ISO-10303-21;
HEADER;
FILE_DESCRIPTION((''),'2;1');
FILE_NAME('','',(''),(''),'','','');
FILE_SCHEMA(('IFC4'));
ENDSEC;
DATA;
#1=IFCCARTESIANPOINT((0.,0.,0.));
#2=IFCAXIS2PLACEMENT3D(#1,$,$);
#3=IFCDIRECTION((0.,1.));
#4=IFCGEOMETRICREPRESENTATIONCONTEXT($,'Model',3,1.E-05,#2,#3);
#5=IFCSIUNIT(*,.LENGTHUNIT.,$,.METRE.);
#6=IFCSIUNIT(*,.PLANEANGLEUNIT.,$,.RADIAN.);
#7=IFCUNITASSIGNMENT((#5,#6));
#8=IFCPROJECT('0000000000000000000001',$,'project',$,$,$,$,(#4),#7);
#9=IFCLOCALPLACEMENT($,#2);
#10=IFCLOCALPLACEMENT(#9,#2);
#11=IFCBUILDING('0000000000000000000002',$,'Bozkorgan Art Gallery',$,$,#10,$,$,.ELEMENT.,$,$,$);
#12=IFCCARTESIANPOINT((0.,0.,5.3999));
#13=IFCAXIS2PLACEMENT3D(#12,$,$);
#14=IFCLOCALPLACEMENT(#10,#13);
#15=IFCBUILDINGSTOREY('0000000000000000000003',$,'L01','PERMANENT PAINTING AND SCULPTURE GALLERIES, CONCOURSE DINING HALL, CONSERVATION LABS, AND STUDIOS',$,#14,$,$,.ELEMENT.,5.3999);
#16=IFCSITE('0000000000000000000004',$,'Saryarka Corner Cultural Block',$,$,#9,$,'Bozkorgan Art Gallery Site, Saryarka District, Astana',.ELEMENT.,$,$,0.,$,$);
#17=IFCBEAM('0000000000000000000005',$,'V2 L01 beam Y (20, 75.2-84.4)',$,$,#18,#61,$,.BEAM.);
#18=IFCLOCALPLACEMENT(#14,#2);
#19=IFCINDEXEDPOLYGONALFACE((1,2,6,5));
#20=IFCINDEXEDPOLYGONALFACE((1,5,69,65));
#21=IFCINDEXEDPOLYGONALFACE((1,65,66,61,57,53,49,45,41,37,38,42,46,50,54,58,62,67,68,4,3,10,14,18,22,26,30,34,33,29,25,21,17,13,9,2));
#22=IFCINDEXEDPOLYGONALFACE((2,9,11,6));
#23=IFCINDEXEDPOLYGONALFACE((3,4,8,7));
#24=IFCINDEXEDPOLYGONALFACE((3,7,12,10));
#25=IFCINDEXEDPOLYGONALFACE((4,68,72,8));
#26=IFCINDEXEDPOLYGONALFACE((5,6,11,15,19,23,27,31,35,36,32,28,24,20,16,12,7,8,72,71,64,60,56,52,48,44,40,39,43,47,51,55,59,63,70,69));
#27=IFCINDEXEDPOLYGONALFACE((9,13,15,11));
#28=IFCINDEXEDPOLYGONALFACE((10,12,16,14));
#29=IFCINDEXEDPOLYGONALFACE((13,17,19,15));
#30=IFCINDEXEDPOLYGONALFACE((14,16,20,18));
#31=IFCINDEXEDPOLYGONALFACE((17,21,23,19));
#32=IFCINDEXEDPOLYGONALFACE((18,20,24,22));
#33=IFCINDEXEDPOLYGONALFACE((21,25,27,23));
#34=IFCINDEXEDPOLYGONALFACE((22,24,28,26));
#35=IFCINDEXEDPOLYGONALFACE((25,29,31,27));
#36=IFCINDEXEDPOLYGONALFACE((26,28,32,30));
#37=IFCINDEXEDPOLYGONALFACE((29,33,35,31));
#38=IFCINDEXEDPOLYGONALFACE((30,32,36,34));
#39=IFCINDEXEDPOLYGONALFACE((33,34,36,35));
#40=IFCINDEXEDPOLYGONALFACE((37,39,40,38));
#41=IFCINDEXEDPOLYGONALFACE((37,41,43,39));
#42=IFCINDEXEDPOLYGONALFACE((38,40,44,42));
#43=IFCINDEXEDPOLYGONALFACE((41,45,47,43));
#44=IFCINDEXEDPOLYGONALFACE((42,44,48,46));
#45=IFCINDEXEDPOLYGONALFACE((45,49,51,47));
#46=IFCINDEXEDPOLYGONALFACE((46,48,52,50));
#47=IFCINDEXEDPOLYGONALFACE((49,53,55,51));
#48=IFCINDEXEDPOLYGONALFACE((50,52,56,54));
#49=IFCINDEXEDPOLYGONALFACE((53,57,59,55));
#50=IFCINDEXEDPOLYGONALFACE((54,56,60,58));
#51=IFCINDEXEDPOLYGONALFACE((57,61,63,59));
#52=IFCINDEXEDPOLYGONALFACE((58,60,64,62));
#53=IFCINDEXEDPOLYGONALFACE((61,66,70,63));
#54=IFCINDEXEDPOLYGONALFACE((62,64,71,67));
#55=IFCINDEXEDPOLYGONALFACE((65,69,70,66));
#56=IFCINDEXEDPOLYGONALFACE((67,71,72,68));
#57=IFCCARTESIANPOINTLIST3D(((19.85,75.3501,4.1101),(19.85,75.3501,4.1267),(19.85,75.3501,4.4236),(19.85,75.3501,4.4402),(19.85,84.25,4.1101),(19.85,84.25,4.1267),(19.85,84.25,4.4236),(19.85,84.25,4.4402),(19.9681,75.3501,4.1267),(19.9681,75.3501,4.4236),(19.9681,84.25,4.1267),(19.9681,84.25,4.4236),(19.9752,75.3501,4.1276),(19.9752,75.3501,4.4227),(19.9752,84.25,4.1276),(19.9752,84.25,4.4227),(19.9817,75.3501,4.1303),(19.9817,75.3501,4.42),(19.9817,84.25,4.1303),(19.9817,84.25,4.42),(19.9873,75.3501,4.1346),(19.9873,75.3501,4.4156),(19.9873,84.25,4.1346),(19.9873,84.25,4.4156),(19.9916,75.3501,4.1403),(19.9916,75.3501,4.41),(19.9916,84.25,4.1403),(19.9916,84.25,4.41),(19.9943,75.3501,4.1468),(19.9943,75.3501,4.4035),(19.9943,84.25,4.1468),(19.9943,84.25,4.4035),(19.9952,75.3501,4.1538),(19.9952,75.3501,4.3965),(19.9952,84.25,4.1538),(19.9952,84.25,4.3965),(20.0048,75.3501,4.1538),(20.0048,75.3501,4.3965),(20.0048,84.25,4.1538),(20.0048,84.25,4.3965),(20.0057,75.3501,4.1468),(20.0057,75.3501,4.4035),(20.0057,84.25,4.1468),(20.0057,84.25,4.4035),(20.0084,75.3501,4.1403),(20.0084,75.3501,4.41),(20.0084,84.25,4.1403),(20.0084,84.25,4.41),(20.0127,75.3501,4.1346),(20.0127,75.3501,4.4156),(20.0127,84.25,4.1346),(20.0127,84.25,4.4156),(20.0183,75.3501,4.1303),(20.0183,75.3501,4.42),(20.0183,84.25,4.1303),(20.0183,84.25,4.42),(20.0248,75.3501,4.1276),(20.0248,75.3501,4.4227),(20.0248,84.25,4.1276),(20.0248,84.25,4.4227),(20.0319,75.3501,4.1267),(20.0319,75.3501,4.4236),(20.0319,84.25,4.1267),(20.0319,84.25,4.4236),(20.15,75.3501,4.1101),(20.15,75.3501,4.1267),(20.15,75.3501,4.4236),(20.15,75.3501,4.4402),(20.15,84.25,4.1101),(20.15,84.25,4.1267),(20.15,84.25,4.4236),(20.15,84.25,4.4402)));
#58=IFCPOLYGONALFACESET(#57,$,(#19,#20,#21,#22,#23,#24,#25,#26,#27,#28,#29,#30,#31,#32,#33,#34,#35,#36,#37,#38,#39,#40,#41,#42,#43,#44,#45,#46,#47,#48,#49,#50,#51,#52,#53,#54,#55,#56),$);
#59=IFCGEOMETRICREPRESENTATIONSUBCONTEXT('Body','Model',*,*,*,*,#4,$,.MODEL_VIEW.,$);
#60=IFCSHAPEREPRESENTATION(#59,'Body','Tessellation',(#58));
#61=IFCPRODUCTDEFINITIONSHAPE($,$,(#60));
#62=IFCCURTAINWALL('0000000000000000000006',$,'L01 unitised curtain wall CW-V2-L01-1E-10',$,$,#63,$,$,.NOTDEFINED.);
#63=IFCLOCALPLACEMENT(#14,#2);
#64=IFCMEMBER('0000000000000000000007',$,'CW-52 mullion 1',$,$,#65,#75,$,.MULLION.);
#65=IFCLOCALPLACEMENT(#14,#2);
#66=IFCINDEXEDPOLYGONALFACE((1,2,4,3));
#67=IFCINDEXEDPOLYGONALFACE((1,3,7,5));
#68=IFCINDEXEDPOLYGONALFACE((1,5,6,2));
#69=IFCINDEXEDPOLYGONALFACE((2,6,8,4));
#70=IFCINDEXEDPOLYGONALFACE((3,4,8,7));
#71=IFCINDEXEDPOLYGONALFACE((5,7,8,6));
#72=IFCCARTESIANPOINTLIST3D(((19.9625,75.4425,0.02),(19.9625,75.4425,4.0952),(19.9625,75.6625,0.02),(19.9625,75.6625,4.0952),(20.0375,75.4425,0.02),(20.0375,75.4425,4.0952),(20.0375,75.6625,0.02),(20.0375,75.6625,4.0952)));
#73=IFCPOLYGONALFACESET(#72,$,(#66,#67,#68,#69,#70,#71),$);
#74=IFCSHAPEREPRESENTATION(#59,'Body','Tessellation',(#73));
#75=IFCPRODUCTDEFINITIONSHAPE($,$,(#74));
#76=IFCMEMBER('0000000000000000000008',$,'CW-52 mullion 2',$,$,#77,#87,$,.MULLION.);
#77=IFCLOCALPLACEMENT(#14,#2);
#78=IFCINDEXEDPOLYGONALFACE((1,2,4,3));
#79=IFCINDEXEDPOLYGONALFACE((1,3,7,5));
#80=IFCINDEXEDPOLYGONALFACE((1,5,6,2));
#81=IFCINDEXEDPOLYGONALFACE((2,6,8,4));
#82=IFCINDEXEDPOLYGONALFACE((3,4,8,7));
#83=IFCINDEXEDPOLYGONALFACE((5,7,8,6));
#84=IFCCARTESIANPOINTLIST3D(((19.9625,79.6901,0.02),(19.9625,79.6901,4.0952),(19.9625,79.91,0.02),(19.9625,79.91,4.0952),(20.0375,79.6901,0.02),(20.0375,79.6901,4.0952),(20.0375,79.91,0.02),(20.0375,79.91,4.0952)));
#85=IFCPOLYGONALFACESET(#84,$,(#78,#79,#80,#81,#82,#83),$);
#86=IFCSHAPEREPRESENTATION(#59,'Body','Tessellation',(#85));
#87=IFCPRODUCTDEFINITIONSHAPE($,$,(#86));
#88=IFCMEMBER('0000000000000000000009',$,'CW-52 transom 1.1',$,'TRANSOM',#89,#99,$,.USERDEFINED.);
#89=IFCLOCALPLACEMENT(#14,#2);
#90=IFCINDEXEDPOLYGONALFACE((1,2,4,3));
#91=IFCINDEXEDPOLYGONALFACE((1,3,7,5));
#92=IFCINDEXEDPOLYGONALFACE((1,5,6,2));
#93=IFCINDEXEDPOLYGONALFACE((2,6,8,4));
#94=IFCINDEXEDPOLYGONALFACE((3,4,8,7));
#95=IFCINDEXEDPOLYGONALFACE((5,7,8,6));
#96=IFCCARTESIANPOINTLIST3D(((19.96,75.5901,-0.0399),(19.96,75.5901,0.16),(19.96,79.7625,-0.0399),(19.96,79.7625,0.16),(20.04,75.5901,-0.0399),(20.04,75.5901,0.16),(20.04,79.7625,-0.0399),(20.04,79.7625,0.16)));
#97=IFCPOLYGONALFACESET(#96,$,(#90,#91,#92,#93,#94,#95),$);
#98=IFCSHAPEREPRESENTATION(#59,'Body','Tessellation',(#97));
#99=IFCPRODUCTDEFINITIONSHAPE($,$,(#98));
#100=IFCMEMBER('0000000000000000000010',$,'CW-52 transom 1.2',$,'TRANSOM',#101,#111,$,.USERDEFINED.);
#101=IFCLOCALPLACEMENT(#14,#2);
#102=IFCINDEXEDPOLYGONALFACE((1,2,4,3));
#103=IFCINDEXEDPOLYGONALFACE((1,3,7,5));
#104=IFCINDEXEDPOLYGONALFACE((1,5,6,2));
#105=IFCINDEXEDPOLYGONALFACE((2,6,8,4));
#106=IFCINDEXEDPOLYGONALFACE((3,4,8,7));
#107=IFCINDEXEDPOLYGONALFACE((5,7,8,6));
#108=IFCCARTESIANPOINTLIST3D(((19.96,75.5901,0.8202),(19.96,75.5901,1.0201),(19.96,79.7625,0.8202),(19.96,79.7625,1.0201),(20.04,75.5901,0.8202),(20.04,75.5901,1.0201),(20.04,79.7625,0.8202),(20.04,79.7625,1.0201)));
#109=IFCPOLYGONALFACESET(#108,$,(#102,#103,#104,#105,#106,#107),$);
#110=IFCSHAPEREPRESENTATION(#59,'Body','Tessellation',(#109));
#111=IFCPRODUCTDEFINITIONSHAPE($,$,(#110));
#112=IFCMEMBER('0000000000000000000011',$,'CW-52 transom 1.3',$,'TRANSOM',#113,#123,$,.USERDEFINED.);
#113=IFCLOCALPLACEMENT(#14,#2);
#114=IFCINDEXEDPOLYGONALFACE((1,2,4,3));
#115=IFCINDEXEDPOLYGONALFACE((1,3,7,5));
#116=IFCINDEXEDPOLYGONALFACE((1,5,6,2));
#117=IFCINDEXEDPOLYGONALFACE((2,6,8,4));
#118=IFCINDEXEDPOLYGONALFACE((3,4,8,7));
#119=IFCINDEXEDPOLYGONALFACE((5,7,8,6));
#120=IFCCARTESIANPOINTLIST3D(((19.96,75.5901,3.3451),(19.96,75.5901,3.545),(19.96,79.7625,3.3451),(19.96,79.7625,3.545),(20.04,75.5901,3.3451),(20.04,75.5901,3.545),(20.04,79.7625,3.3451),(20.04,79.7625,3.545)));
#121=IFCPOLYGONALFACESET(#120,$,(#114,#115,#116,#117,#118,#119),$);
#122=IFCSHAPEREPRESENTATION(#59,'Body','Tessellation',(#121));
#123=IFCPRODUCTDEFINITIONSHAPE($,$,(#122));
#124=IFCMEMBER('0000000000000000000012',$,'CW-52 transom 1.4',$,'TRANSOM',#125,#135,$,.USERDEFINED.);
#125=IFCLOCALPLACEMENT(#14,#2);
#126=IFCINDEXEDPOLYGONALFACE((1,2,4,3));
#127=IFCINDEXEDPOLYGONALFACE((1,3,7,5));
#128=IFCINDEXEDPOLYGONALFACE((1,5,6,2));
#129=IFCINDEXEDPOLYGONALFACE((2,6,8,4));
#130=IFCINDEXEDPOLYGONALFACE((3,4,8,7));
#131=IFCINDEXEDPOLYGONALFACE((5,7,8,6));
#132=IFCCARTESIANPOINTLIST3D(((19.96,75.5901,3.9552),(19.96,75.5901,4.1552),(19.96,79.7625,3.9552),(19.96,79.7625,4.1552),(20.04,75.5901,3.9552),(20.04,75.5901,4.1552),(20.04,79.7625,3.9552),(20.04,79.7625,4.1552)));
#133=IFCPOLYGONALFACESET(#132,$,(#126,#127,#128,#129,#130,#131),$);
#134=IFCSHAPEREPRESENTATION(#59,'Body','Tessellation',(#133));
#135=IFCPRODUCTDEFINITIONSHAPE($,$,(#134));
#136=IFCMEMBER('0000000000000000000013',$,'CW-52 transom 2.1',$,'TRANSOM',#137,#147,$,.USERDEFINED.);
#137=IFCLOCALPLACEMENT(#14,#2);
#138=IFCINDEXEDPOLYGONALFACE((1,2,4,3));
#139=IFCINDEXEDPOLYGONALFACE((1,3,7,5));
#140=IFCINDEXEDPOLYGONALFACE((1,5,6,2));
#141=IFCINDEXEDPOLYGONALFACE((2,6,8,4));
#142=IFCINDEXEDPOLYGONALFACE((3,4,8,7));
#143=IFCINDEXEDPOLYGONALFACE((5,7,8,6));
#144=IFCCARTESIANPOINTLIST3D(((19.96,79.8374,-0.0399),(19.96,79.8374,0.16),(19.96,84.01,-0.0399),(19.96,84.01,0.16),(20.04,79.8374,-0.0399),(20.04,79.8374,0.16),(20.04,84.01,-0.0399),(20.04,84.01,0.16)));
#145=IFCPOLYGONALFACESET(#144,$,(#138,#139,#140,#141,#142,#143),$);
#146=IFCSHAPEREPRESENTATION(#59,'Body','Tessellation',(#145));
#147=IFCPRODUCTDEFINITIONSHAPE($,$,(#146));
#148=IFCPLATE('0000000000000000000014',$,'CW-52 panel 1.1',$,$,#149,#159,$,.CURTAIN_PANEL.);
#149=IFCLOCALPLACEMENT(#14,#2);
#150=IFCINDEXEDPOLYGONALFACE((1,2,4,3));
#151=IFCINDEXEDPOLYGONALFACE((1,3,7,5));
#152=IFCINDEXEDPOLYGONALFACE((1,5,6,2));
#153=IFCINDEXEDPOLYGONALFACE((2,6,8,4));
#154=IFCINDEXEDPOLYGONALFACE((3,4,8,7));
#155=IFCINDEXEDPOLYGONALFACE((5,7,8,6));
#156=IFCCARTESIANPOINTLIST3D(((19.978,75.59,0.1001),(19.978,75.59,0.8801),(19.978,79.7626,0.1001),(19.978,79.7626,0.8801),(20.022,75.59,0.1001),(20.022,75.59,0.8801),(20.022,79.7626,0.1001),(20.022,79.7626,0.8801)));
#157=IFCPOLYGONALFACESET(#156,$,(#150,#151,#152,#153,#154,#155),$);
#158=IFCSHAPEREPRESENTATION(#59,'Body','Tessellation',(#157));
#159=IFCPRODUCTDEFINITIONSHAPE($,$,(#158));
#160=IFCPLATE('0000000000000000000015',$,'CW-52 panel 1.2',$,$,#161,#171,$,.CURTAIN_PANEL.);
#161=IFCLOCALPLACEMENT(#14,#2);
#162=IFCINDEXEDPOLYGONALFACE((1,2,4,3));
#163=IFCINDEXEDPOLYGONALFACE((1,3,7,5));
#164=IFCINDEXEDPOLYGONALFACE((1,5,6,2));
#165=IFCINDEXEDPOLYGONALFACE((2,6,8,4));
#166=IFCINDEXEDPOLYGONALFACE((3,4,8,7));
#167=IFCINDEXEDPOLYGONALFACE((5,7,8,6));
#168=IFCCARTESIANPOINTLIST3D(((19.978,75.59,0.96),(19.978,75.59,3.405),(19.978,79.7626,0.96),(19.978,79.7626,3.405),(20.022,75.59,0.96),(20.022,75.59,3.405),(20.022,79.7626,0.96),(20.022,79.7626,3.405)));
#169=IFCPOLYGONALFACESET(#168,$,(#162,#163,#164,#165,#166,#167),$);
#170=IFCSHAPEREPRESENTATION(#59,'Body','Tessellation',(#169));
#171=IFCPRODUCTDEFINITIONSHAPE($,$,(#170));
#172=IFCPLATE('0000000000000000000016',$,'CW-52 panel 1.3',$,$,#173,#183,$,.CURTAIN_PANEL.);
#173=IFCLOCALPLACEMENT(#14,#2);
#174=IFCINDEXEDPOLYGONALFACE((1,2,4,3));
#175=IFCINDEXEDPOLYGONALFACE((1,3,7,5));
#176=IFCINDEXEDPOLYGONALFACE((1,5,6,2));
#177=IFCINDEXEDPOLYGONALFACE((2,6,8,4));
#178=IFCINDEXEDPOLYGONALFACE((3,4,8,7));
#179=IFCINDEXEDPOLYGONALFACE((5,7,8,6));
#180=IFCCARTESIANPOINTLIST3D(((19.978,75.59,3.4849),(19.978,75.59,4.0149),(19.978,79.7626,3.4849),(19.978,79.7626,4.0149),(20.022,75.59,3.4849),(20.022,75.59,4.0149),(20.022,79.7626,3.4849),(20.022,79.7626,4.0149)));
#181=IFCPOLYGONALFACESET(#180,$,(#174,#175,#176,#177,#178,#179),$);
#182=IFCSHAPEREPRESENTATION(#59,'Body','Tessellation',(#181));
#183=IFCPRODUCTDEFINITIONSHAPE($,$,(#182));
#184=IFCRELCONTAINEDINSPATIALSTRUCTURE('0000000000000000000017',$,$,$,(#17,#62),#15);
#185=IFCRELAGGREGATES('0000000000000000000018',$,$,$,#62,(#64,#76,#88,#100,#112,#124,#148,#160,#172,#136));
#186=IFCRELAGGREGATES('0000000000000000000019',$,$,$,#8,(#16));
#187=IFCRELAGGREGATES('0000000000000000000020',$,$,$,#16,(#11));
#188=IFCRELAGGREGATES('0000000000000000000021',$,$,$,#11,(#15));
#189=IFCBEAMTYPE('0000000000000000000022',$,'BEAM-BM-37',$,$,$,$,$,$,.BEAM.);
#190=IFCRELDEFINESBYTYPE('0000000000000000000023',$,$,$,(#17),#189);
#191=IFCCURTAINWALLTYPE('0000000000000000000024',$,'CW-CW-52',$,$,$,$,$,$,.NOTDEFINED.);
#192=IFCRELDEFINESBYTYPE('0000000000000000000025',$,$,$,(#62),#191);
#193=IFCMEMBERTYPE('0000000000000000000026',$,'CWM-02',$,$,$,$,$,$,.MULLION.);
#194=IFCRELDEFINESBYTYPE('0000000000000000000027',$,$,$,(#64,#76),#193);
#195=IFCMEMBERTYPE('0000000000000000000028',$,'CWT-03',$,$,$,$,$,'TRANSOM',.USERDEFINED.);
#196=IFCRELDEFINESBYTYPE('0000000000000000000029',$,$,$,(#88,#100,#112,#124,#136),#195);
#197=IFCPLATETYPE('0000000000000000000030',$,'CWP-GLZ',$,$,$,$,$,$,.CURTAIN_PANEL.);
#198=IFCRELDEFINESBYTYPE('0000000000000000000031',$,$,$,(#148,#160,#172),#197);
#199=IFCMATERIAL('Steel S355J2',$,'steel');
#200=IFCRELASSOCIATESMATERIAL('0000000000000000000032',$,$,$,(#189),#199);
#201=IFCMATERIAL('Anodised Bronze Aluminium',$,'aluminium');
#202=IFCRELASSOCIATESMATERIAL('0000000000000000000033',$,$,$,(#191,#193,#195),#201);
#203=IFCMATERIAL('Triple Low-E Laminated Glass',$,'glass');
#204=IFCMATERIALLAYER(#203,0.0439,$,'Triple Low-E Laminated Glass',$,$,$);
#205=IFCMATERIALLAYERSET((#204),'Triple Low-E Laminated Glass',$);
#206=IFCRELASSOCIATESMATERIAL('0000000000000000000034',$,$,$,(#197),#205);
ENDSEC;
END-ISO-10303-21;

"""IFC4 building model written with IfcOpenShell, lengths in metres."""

from ifc_helpers import new_model, si_unit, direction, frame, origin, origin_2d, place, context, subcontext, project, spatial, rectangle, i_section, extrude, material, layer, layer_set, material_profile, profile_set, type_object, element, aggregate, save


model = new_model("IFC4")

# Units and contexts
model_context = context("Model", 3, precision=1e-05, world=origin(), true_north=direction((0.0, 1.0)))
body_context = subcontext(model_context, "Body", "Model", "MODEL_VIEW")
ifc_project = project(units=[si_unit("LENGTHUNIT", "METRE"), si_unit("PLANEANGLEUNIT", "RADIAN")], contexts=[model_context])

# Site, building, storey
site_placement = place(None, origin())
site = spatial("IfcSite", under=ifc_project, at=site_placement, Name="Saryarka Corner Cultural Block", LongName="Bozkorgan Art Gallery Site, Saryarka District, Astana", CompositionType="ELEMENT", RefElevation=0.0)
building_placement = place(site_placement, origin())
building = spatial("IfcBuilding", under=site, at=building_placement, Name="Bozkorgan Art Gallery", CompositionType="ELEMENT")
storey_placement = place(building_placement, frame((0.0, 0.0, 5.3999)))
storey = spatial("IfcBuildingStorey", under=building, at=storey_placement, Name="L01", Description="PERMANENT PAINTING AND SCULPTURE GALLERIES, CONCOURSE DINING HALL, CONSERVATION LABS, AND STUDIOS", CompositionType="ELEMENT", Elevation=5.3999)

# Shared definitions
ifc_material_1 = material(Name="Steel S355J2", Category="steel")

# Beam
ifc_material_profile_1 = material_profile(ifc_material_1, i_section(OverallWidth=0.3, OverallDepth=0.3301, WebThickness=0.0095, FlangeThickness=0.0166, FilletRadius=0.0271, at=origin_2d()), Name="HEA 340")
ifc_profile_set_1 = profile_set([ifc_material_profile_1], Name="Steel S355J2")
beam_type = type_object("IfcBeamType", Name="BEAM-BM-37", PredefinedType="BEAM", material=ifc_profile_set_1)
beam_1_placement = place(storey_placement, frame((20.0, 75.3501, 4.2751), z_axis=(0.0, 1.0, 0.0), x_axis=(-1.0, 0.0, 0.0)))
element("IfcBeam", 1, at=beam_1_placement, inside=storey, type_object=beam_type, Name="V2 L01 beam Y (20, 75.2-84.4)", PredefinedType="BEAM", context=body_context, shape_type="SweptSolid", body=[
    extrude(i_section(OverallWidth=0.3, OverallDepth=0.3301, WebThickness=0.0095, FlangeThickness=0.0166, FilletRadius=0.0271, at=origin_2d()), origin(), (0.0, 0.0, 1.0), 8.8999),
])

# Curtain wall, members, plates
ifc_material_2 = material(Name="Anodised Bronze Aluminium", Category="aluminium")
curtain_wall_type = type_object("IfcCurtainWallType", Name="CW-CW-52", PredefinedType="NOTDEFINED", material=ifc_material_2)
curtain_wall_placement = place(storey_placement, origin())
curtain_wall = element("IfcCurtainWall", 2, at=curtain_wall_placement, inside=storey, type_object=curtain_wall_type, Name="L01 unitised curtain wall CW-V2-L01-1E-10", PredefinedType="NOTDEFINED")
ifc_material_profile_2 = material_profile(ifc_material_2, rectangle(XDim=0.075, YDim=0.22, at=origin_2d()), Name="ALU MULLION 75x220")
ifc_profile_set_2 = profile_set([ifc_material_profile_2], Name="Anodised Bronze Aluminium")
member_type_1 = type_object("IfcMemberType", Name="CWM-02", PredefinedType="MULLION", material=ifc_profile_set_2)
member_1_placement = place(storey_placement, frame((20.0, 75.5525, 0.02), z_axis=(0.0, 0.0, 1.0), x_axis=(-1.0, 0.0, 0.0)))
member_1 = element("IfcMember", 3, at=member_1_placement, type_object=member_type_1, Name="CW-52 mullion 1", PredefinedType="MULLION", context=body_context, shape_type="SweptSolid", body=[
    extrude(rectangle(XDim=0.075, YDim=0.22, at=origin_2d()), origin(), (0.0, 0.0, 1.0), 4.0752),
])
member_2_placement = place(storey_placement, frame((20.0, 79.8, 0.02), z_axis=(0.0, 0.0, 1.0), x_axis=(-1.0, 0.0, 0.0)))
member_2 = element("IfcMember", 4, at=member_2_placement, type_object=member_type_1, Name="CW-52 mullion 2", PredefinedType="MULLION", context=body_context, shape_type="SweptSolid", body=[
    extrude(rectangle(XDim=0.075, YDim=0.22, at=origin_2d()), origin(), (0.0, 0.0, 1.0), 4.0752),
])
ifc_material_profile_3 = material_profile(ifc_material_2, rectangle(XDim=0.0801, YDim=0.2, at=origin_2d()), Name="ALU TRANSOM 80x200")
ifc_profile_set_3 = profile_set([ifc_material_profile_3], Name="Anodised Bronze Aluminium")
member_type_2 = type_object("IfcMemberType", Name="CWT-03", ElementType="TRANSOM", PredefinedType="USERDEFINED", material=ifc_profile_set_3)
member_3_placement = place(storey_placement, frame((20.0, 75.5901, 0.0601), z_axis=(0.0, 1.0, 0.0), x_axis=(-1.0, 0.0, 0.0)))
member_3 = element("IfcMember", 5, at=member_3_placement, type_object=member_type_2, Name="CW-52 transom 1.1", ObjectType="TRANSOM", PredefinedType="USERDEFINED", context=body_context, shape_type="SweptSolid", body=[
    extrude(rectangle(XDim=0.0801, YDim=0.2, at=origin_2d()), origin(), (0.0, 0.0, 1.0), 4.1724),
])
member_4_placement = place(storey_placement, frame((20.0, 75.5901, 0.9202), z_axis=(0.0, 1.0, 0.0), x_axis=(-1.0, 0.0, 0.0)))
member_4 = element("IfcMember", 6, at=member_4_placement, type_object=member_type_2, Name="CW-52 transom 1.2", ObjectType="TRANSOM", PredefinedType="USERDEFINED", context=body_context, shape_type="SweptSolid", body=[
    extrude(rectangle(XDim=0.0801, YDim=0.2, at=origin_2d()), origin(), (0.0, 0.0, 1.0), 4.1724),
])
member_5_placement = place(storey_placement, frame((20.0, 75.5901, 3.4451), z_axis=(0.0, 1.0, 0.0), x_axis=(-1.0, 0.0, 0.0)))
member_5 = element("IfcMember", 7, at=member_5_placement, type_object=member_type_2, Name="CW-52 transom 1.3", ObjectType="TRANSOM", PredefinedType="USERDEFINED", context=body_context, shape_type="SweptSolid", body=[
    extrude(rectangle(XDim=0.0801, YDim=0.2, at=origin_2d()), origin(), (0.0, 0.0, 1.0), 4.1724),
])
member_6_placement = place(storey_placement, frame((20.0, 75.5901, 4.0552), z_axis=(0.0, 1.0, 0.0), x_axis=(-1.0, 0.0, 0.0)))
member_6 = element("IfcMember", 8, at=member_6_placement, type_object=member_type_2, Name="CW-52 transom 1.4", ObjectType="TRANSOM", PredefinedType="USERDEFINED", context=body_context, shape_type="SweptSolid", body=[
    extrude(rectangle(XDim=0.0801, YDim=0.2, at=origin_2d()), origin(), (0.0, 0.0, 1.0), 4.1724),
])
member_7_placement = place(storey_placement, frame((20.0, 79.8374, 0.0601), z_axis=(0.0, 1.0, 0.0), x_axis=(-1.0, 0.0, 0.0)))
member_7 = element("IfcMember", 9, at=member_7_placement, type_object=member_type_2, Name="CW-52 transom 2.1", ObjectType="TRANSOM", PredefinedType="USERDEFINED", context=body_context, shape_type="SweptSolid", body=[
    extrude(rectangle(XDim=0.0801, YDim=0.2, at=origin_2d()), origin(), (0.0, 0.0, 1.0), 4.1726),
])
ifc_material_3 = material(Name="Triple Low-E Laminated Glass", Category="glass")
ifc_layer_1 = layer(ifc_material_3, 0.0439, Name="Triple Low-E Laminated Glass")
ifc_layer_set_1 = layer_set([ifc_layer_1], Name="Triple Low-E Laminated Glass")
plate_type_1 = type_object("IfcPlateType", Name="CWP-GLZ", PredefinedType="CURTAIN_PANEL", material=ifc_layer_set_1)
plate_1_placement = place(storey_placement, frame((20.0, 77.6763, 0.1001), z_axis=(0.0, 0.0, 1.0), x_axis=(0.0, 1.0, 0.0)))
plate_1 = element("IfcPlate", 10, at=plate_1_placement, type_object=plate_type_1, Name="CW-52 panel 1.1", PredefinedType="CURTAIN_PANEL", context=body_context, shape_type="SweptSolid", body=[
    extrude(rectangle(XDim=4.1726, YDim=0.0439, at=origin_2d()), origin(), (0.0, 0.0, 1.0), 0.78),
])
plate_2_placement = place(storey_placement, frame((20.0, 77.6763, 0.96), z_axis=(0.0, 0.0, 1.0), x_axis=(0.0, 1.0, 0.0)))
plate_2 = element("IfcPlate", 11, at=plate_2_placement, type_object=plate_type_1, Name="CW-52 panel 1.2", PredefinedType="CURTAIN_PANEL", context=body_context, shape_type="SweptSolid", body=[
    extrude(rectangle(XDim=4.1726, YDim=0.0439, at=origin_2d()), origin(), (0.0, 0.0, 1.0), 2.4451),
])
plate_3_placement = place(storey_placement, frame((20.0, 77.6763, 3.4849), z_axis=(0.0, 0.0, 1.0), x_axis=(0.0, 1.0, 0.0)))
plate_3 = element("IfcPlate", 12, at=plate_3_placement, type_object=plate_type_1, Name="CW-52 panel 1.3", PredefinedType="CURTAIN_PANEL", context=body_context, shape_type="SweptSolid", body=[
    extrude(rectangle(XDim=4.1726, YDim=0.0439, at=origin_2d()), origin(), (0.0, 0.0, 1.0), 0.53),
])
aggregate(curtain_wall, [member_1, member_2, member_3, member_4, member_5, member_6, plate_1, plate_2, plate_3, member_7])

save(model, "model.ifc")
